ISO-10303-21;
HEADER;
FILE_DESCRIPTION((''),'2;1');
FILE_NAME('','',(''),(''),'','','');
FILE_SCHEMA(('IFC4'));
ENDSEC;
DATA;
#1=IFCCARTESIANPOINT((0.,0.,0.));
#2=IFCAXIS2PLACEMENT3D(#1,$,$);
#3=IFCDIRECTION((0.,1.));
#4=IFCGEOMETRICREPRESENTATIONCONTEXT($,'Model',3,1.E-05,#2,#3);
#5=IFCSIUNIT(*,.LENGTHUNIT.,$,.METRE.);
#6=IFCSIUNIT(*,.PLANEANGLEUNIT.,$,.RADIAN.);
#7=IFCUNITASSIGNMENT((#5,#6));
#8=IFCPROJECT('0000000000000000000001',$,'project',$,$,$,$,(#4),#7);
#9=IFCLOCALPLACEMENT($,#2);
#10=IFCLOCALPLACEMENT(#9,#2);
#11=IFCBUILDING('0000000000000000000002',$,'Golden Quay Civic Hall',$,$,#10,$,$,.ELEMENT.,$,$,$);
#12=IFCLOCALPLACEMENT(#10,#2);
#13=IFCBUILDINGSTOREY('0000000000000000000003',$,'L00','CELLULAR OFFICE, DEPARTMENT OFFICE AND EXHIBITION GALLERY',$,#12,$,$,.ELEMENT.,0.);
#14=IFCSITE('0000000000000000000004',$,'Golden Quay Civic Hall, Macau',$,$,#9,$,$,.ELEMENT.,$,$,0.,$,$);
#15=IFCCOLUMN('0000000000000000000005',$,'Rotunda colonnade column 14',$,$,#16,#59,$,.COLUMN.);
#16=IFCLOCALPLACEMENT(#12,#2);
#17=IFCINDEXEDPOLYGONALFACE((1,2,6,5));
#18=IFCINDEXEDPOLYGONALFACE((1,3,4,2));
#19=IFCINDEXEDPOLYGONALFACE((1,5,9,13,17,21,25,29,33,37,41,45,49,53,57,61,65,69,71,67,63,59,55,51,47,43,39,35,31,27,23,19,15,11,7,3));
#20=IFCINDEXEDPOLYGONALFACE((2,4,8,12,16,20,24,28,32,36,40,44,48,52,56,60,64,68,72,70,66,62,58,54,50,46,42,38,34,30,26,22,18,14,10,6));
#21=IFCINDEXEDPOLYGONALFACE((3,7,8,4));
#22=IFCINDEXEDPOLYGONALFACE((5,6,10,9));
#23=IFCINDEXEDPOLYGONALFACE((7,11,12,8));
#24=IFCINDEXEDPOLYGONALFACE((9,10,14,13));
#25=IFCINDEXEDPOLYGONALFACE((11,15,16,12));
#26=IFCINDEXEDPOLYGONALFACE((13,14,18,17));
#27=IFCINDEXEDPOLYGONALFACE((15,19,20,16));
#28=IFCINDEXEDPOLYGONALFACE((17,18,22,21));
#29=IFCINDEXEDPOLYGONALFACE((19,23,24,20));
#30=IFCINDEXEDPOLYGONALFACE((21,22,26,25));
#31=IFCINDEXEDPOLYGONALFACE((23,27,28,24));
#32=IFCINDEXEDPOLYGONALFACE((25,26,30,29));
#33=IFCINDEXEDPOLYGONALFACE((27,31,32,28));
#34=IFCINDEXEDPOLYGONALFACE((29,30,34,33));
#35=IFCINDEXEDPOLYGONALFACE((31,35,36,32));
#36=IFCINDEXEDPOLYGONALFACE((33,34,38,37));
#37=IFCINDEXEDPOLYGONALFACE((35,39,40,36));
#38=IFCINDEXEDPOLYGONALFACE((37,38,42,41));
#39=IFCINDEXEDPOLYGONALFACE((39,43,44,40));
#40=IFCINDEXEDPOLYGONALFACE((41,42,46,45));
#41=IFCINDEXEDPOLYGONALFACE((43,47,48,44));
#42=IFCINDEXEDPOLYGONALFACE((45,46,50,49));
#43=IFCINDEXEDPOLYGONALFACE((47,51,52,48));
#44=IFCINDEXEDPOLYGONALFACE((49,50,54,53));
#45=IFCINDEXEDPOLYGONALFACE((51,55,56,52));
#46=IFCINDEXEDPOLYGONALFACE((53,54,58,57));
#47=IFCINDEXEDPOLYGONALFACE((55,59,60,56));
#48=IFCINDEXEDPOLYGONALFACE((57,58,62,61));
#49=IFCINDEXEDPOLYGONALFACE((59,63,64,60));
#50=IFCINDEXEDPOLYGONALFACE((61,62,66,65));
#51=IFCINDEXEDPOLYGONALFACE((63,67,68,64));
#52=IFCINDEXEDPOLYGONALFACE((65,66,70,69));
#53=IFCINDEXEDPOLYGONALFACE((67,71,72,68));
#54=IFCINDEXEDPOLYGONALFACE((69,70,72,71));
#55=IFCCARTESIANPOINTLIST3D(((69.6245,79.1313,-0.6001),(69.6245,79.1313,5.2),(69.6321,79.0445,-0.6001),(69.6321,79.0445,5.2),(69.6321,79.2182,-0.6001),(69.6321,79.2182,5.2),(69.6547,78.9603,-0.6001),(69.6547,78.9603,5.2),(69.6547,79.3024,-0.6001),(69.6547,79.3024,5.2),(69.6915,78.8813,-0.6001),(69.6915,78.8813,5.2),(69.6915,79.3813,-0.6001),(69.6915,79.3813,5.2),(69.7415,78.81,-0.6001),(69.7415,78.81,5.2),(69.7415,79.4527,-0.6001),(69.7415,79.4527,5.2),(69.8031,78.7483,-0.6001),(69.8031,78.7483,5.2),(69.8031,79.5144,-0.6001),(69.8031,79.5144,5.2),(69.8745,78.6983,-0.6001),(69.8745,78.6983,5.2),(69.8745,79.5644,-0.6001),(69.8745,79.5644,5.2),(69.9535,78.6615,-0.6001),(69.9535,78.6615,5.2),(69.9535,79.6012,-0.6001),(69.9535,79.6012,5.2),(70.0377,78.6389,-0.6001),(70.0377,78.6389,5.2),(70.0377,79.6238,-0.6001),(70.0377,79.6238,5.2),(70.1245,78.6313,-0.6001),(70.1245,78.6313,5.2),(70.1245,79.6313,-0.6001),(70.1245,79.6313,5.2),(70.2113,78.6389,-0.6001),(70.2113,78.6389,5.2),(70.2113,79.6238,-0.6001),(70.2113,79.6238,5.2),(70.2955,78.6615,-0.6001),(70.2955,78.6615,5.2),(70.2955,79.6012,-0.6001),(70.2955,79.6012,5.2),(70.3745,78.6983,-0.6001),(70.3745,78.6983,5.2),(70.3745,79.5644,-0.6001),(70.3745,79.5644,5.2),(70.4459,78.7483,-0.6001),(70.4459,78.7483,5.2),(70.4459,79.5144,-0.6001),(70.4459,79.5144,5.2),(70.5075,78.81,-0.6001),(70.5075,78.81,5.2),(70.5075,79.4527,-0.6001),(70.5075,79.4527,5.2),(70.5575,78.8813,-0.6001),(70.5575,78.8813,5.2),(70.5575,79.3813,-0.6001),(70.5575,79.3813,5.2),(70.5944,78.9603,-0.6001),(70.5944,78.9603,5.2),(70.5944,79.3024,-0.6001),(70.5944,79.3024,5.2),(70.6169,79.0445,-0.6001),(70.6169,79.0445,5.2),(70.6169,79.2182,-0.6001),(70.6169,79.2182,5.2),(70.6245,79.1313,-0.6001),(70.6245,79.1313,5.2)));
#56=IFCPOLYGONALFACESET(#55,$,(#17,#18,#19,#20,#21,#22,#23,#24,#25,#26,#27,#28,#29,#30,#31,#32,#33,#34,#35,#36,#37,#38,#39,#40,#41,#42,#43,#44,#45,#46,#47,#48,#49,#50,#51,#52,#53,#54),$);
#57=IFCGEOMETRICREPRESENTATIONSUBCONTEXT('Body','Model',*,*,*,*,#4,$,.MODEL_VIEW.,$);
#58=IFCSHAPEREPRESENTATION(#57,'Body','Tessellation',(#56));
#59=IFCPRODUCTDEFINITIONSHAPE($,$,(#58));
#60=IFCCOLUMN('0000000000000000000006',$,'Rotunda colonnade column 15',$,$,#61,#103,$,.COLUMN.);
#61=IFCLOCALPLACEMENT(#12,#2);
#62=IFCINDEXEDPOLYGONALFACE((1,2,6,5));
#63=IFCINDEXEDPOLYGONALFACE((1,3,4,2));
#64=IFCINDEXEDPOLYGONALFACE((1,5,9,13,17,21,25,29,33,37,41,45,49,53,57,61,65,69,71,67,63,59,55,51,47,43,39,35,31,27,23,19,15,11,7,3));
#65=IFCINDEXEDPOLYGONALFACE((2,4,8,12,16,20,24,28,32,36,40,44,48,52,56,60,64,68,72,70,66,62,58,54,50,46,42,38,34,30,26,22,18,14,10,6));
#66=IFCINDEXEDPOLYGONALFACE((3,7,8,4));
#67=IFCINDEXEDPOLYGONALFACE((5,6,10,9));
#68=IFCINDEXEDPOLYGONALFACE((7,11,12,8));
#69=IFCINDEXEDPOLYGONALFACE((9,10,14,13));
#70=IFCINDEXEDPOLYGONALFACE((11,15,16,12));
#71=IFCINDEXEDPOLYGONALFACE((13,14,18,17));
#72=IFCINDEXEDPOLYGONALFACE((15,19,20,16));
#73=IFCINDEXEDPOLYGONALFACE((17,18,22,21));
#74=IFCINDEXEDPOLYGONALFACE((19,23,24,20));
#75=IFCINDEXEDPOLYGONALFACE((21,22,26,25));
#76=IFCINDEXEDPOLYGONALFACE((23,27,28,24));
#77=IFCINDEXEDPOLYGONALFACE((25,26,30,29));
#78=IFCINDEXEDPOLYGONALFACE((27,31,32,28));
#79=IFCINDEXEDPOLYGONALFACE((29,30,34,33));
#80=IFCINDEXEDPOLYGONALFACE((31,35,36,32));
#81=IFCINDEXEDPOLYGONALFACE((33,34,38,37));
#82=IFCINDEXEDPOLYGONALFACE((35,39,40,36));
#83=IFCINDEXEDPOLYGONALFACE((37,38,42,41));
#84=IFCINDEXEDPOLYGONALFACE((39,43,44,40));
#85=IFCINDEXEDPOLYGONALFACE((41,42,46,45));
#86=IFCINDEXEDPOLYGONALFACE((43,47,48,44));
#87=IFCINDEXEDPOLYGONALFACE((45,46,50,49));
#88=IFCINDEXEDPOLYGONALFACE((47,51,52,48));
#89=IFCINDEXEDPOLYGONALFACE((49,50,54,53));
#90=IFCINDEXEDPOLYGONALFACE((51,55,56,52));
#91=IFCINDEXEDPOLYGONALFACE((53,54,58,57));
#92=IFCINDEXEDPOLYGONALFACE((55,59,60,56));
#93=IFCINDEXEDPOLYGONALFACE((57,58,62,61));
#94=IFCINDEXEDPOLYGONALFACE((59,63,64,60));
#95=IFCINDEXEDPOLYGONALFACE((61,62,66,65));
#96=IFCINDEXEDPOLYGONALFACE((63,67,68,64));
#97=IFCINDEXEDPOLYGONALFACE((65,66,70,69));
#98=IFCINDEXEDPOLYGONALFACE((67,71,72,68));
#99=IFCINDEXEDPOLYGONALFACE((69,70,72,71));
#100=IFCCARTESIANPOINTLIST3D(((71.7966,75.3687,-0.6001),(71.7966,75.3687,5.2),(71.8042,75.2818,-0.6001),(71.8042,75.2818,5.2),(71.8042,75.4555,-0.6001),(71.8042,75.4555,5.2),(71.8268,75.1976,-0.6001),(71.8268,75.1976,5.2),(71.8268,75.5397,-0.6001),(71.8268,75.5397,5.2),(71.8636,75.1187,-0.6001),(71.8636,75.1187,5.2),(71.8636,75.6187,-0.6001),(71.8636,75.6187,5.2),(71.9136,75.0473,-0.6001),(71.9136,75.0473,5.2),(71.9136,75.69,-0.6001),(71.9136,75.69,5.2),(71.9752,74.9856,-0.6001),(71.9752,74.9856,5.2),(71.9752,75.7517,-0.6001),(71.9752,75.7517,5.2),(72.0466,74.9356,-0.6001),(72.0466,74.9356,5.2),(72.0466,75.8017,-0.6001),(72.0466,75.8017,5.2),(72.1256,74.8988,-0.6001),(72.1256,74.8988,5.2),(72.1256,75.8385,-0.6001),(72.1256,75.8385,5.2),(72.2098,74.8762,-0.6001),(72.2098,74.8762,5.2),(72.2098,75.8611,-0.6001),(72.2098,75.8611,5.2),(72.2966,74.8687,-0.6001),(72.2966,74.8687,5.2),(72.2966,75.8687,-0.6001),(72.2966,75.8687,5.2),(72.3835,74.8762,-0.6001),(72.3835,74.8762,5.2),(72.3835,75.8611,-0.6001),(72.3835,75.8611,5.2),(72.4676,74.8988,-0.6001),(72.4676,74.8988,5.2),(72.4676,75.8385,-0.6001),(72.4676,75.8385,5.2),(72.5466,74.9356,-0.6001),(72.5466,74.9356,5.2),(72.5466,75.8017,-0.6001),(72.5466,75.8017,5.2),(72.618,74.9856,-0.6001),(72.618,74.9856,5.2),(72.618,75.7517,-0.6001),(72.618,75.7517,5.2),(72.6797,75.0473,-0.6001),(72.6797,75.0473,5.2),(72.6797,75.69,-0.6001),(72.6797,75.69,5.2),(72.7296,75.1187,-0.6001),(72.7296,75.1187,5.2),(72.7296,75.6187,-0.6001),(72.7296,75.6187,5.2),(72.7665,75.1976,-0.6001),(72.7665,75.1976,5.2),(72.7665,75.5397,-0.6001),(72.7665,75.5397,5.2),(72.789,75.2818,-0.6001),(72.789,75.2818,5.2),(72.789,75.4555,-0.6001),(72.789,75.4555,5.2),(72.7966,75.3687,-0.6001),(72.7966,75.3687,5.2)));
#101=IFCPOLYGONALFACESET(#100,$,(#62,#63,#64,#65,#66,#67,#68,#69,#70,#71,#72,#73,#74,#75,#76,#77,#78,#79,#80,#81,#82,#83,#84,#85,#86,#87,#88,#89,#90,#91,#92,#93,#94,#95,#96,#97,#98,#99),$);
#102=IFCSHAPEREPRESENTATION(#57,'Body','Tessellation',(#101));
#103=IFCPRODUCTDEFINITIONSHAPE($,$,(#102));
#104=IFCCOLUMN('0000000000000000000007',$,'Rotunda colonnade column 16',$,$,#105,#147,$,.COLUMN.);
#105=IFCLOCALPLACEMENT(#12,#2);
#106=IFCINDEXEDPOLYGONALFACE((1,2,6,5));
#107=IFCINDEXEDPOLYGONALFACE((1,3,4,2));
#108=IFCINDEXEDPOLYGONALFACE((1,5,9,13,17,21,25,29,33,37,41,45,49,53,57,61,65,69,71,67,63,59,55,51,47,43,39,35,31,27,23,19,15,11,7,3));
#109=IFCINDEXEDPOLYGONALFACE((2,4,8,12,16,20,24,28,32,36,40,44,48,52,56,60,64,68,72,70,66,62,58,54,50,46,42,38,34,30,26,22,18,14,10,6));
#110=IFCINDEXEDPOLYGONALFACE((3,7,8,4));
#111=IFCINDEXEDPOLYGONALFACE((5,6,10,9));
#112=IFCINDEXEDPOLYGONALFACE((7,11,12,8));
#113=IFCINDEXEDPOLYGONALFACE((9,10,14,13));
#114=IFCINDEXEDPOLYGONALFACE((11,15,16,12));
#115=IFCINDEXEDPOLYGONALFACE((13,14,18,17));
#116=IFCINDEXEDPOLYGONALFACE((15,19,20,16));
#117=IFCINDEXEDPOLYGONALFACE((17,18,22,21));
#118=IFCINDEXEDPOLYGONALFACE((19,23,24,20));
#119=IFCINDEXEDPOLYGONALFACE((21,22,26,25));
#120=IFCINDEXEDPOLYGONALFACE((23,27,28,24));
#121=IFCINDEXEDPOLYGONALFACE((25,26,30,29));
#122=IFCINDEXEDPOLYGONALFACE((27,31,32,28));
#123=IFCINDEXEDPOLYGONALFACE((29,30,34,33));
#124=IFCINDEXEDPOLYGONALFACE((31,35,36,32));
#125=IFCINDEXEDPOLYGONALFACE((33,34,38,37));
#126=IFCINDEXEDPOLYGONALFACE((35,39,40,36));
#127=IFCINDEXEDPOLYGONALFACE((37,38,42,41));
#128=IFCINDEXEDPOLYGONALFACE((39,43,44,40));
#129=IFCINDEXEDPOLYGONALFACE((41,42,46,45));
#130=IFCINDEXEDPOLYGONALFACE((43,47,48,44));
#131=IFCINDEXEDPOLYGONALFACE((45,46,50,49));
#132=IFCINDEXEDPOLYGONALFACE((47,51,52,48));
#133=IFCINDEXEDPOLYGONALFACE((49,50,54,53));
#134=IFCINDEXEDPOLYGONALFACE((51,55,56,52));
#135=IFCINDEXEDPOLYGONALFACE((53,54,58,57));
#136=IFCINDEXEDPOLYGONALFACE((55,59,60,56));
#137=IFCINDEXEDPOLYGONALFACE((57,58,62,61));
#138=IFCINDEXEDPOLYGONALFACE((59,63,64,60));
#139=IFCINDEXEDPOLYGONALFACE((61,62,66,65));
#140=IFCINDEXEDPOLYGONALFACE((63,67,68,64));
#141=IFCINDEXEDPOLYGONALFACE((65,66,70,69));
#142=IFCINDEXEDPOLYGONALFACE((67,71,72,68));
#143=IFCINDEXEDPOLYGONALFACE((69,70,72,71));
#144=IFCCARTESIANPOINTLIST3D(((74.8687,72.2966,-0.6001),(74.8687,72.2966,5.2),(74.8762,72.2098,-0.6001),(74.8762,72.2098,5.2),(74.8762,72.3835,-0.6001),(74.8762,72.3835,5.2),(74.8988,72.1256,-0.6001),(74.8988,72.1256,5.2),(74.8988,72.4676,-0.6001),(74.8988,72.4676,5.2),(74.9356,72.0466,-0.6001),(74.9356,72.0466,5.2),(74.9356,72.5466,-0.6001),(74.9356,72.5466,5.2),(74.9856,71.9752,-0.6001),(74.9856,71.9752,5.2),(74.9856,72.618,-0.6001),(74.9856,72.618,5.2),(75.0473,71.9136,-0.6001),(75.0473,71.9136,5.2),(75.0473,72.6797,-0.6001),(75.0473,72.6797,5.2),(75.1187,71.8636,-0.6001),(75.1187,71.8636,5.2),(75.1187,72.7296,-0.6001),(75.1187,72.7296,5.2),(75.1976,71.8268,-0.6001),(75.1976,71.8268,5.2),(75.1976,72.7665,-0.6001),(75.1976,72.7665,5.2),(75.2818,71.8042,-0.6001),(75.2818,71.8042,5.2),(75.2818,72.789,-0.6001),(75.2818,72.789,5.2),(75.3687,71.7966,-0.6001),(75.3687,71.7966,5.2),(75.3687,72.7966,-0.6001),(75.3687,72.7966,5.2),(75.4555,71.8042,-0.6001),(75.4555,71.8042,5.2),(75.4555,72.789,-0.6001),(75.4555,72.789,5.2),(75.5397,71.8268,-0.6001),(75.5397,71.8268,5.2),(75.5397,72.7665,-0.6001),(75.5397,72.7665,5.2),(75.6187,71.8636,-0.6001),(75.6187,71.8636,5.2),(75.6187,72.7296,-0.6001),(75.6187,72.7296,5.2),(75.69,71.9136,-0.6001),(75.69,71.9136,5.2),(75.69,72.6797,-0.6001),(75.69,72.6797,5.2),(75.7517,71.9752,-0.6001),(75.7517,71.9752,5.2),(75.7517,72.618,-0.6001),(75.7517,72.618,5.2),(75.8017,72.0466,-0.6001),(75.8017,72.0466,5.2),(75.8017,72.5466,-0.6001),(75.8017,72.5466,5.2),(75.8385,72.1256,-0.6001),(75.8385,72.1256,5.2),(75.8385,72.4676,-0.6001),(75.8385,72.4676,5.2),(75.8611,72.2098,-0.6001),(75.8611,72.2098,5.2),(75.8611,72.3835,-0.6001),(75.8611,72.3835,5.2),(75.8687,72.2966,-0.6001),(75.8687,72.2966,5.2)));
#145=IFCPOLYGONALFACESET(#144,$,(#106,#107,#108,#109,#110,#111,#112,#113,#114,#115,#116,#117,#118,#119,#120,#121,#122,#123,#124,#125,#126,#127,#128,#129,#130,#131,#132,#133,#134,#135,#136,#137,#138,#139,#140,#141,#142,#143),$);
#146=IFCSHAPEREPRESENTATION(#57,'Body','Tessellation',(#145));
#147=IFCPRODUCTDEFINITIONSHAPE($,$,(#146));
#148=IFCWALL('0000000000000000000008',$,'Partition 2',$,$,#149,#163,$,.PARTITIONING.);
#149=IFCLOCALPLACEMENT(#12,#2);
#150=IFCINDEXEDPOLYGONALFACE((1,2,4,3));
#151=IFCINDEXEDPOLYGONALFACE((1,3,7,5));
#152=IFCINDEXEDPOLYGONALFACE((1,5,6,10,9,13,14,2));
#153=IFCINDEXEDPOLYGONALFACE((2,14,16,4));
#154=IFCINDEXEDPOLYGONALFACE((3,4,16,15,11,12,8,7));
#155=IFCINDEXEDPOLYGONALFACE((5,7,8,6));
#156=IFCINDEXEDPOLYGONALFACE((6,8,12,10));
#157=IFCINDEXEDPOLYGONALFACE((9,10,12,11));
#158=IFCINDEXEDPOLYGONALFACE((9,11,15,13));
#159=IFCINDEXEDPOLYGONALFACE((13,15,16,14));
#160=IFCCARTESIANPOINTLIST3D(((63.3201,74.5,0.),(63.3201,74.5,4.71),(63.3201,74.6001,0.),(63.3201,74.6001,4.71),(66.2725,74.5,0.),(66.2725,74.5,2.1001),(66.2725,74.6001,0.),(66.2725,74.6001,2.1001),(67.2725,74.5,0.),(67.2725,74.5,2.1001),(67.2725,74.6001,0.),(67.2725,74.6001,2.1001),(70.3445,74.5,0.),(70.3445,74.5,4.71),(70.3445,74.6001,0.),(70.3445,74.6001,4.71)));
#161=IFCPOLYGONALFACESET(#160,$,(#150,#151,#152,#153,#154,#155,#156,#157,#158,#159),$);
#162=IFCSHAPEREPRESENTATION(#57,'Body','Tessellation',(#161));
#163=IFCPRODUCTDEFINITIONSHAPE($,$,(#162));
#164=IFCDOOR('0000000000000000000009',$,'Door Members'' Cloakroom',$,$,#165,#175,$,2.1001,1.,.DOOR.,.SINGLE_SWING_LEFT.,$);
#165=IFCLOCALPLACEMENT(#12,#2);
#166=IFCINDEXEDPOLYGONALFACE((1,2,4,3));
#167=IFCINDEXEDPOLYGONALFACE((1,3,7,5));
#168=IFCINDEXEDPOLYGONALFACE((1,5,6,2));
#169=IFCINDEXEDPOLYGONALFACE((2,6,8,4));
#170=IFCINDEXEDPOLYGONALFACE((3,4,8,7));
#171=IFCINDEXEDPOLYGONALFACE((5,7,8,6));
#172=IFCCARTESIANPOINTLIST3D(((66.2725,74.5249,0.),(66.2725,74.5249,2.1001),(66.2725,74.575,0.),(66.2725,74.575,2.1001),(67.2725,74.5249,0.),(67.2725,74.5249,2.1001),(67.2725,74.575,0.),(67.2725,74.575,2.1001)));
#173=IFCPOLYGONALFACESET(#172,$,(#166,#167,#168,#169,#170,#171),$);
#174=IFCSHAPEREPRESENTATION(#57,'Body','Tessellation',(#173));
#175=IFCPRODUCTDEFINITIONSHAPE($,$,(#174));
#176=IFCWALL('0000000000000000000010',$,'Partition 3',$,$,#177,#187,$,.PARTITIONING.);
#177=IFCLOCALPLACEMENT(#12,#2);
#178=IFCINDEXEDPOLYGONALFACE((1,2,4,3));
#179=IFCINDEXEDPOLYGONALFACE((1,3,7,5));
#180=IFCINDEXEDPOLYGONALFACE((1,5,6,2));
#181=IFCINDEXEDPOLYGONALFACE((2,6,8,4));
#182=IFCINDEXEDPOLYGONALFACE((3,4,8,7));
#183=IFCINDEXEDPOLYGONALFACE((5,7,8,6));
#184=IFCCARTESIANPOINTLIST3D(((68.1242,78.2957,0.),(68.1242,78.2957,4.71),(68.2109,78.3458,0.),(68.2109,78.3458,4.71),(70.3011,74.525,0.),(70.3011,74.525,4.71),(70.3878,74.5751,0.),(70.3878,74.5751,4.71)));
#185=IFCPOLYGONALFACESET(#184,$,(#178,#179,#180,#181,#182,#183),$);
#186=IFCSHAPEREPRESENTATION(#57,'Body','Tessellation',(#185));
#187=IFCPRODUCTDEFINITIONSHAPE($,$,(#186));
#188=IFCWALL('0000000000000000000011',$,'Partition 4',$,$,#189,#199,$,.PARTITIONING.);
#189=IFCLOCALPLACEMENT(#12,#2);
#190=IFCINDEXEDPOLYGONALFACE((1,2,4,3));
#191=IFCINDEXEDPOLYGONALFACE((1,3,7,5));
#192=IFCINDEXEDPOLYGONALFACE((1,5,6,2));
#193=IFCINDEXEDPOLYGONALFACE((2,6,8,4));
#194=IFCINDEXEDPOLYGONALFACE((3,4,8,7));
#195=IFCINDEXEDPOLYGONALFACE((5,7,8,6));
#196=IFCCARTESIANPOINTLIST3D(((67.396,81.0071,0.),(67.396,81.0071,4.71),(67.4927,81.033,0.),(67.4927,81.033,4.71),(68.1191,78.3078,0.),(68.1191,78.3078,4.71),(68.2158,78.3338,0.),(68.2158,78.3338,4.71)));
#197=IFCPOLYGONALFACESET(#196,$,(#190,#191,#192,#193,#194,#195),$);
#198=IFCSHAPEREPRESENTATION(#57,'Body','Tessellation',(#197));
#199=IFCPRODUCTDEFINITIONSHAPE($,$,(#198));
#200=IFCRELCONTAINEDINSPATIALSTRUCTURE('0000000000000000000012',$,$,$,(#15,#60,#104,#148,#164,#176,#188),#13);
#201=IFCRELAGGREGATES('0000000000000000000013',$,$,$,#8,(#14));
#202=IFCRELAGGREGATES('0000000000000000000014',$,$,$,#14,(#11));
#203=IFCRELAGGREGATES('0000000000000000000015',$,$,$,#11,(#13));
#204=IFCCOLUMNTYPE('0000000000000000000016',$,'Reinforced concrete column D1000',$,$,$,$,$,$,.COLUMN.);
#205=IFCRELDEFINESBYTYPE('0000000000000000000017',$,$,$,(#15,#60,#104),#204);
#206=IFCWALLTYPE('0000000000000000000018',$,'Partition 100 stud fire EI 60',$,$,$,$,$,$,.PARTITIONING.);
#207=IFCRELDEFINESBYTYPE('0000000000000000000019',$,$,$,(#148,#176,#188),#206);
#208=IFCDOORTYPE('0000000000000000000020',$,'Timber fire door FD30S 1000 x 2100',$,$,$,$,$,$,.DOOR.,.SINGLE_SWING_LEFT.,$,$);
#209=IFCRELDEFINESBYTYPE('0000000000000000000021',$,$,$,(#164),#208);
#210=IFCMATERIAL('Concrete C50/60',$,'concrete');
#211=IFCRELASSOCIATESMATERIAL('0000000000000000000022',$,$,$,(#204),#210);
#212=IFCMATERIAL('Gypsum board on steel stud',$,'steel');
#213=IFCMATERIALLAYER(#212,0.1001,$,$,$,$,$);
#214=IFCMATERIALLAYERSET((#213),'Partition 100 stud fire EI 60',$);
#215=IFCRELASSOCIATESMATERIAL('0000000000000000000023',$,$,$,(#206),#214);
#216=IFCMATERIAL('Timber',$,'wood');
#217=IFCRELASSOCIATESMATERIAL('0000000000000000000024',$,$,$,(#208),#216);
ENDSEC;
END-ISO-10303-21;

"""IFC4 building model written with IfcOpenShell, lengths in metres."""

from ifc_helpers import new_model, si_unit, direction, frame, frame_2d, origin, origin_2d, place, context, subcontext, project, spatial, rectangle, circle, extrude, material, layer, layer_set, material_profile, profile_set, type_object, element, fill, save


model = new_model("IFC4")

# Units and contexts
model_context = context("Model", 3, precision=1e-05, world=origin(), true_north=direction((0.0, 1.0)))
body_context = subcontext(model_context, "Body", "Model", "MODEL_VIEW")
ifc_project = project(units=[si_unit("LENGTHUNIT", "METRE"), si_unit("PLANEANGLEUNIT", "RADIAN")], contexts=[model_context])

# Site, building, storey
site_placement = place(None, origin())
site = spatial("IfcSite", under=ifc_project, at=site_placement, Name="Golden Quay Civic Hall, Macau", CompositionType="ELEMENT", RefElevation=0.0)
building_placement = place(site_placement, origin())
building = spatial("IfcBuilding", under=site, at=building_placement, Name="Golden Quay Civic Hall", CompositionType="ELEMENT")
storey_placement = place(building_placement, origin())
storey = spatial("IfcBuildingStorey", under=building, at=storey_placement, Name="L00", Description="CELLULAR OFFICE, DEPARTMENT OFFICE AND EXHIBITION GALLERY", CompositionType="ELEMENT", Elevation=0.0)

# Columns
ifc_material_1 = material(Name="Concrete C50/60", Category="concrete")
ifc_material_profile_1 = material_profile(ifc_material_1, circle(Radius=0.5, at=origin_2d()), Name="RC D1000")
ifc_profile_set_1 = profile_set([ifc_material_profile_1], Name="Concrete C50/60")
column_type = type_object("IfcColumnType", Name="Reinforced concrete column D1000", PredefinedType="COLUMN", material=ifc_profile_set_1)
for number, where, z_axis, x_axis, name in (
    (1, (70.1245, 79.1313, -0.6001), (0.0, 0.0, 1.0), (1.0, 0.0, 0.0), "Rotunda colonnade column 14"),
    (2, (72.2966, 75.3687, -0.6001), (0.0, 0.0, 1.0), (1.0, 0.0, 0.0), "Rotunda colonnade column 15"),
    (3, (75.3687, 72.2966, -0.6001), (0.0, 0.0, 1.0), (1.0, 0.0, 0.0), "Rotunda colonnade column 16"),
):
    element("IfcColumn", number, at=place(storey_placement, frame(where, z_axis=z_axis, x_axis=x_axis)), inside=storey, type_object=column_type, Name=name, PredefinedType="COLUMN", context=body_context, shape_type="SweptSolid", body=[
        extrude(circle(Radius=0.5, at=origin_2d()), origin(), (0.0, 0.0, 1.0), 5.8),
    ])

# Wall, opening, door
ifc_material_2 = material(Name="Gypsum board on steel stud", Category="steel")
ifc_layer_1 = layer(ifc_material_2, 0.1001)
ifc_layer_set_1 = layer_set([ifc_layer_1], Name="Partition 100 stud fire EI 60")
wall_type_1 = type_object("IfcWallType", Name="Partition 100 stud fire EI 60", PredefinedType="PARTITIONING", material=ifc_layer_set_1)
wall_1_placement = place(storey_placement, frame((63.3201, 74.55, 0.0), z_axis=(0.0, 0.0, 1.0), x_axis=(1.0, 0.0, 0.0)))
wall_1 = element("IfcWall", 4, at=wall_1_placement, inside=storey, type_object=wall_type_1, Name="Partition 2", PredefinedType="PARTITIONING", context=body_context, shape_type="SweptSolid", body=[
    extrude(rectangle(XDim=7.0244, YDim=0.1001, at=frame_2d((3.5122, 0.0))), origin(), (0.0, 0.0, 1.0), 4.71),
])
opening_placement = place(wall_1_placement, frame((2.9524, 0.0, 0.0)))
opening = element("IfcOpeningElement", 5, at=opening_placement, cuts=wall_1, PredefinedType="OPENING", context=body_context, shape_type="SweptSolid", body=[
    extrude(rectangle(XDim=1.0, YDim=2.1001, at=frame_2d((0.5, 1.05))), frame((0.0, 0.0601, 0.0), z_axis=(0.0, -1.0, 0.0), x_axis=(1.0, 0.0, 0.0)), (0.0, 0.0, 1.0), 0.1201),
])
ifc_material_3 = material(Name="Timber", Category="wood")
door_type = type_object("IfcDoorType", Name="Timber fire door FD30S 1000 x 2100", OperationType="SINGLE_SWING_LEFT", PredefinedType="DOOR", material=ifc_material_3)
door_placement = place(opening_placement, origin())
door = element("IfcDoor", 6, at=door_placement, inside=storey, type_object=door_type, Name="Door Members' Cloakroom", OperationType="SINGLE_SWING_LEFT", OverallHeight=2.1001, OverallWidth=1.0, PredefinedType="DOOR", context=body_context, shape_type="SweptSolid", body=[
    extrude(rectangle(XDim=1.0, YDim=2.1001, at=frame_2d((0.5, 1.05))), frame((0.0, 0.0249, 0.0), z_axis=(0.0, -1.0, 0.0), x_axis=(1.0, 0.0, 0.0)), (0.0, 0.0, 1.0), 0.05),
])
fill(opening, door)

# Walls
wall_2_placement = place(storey_placement, frame((70.3445, 74.55, 0.0), z_axis=(0.0, 0.0, 1.0), x_axis=(-0.499993, 0.86603, 0.0)))
element("IfcWall", 7, at=wall_2_placement, inside=storey, type_object=wall_type_1, Name="Partition 3", PredefinedType="PARTITIONING", context=body_context, shape_type="SweptSolid", body=[
    extrude(rectangle(XDim=4.354, YDim=0.1001, at=frame_2d((2.177, 0.0))), origin(), (0.0, 0.0, 1.0), 4.71),
])
wall_3_placement = place(storey_placement, frame((68.1675, 78.3208, 0.0), z_axis=(0.0, 0.0, 1.0), x_axis=(-0.258783, 0.965936, 0.0)))
element("IfcWall", 8, at=wall_3_placement, inside=storey, type_object=wall_type_1, Name="Partition 4", PredefinedType="PARTITIONING", context=body_context, shape_type="SweptSolid", body=[
    extrude(rectangle(XDim=2.7944, YDim=0.1001, at=frame_2d((1.3972, 0.0))), origin(), (0.0, 0.0, 1.0), 4.71),
])

save(model, "model.ifc")
